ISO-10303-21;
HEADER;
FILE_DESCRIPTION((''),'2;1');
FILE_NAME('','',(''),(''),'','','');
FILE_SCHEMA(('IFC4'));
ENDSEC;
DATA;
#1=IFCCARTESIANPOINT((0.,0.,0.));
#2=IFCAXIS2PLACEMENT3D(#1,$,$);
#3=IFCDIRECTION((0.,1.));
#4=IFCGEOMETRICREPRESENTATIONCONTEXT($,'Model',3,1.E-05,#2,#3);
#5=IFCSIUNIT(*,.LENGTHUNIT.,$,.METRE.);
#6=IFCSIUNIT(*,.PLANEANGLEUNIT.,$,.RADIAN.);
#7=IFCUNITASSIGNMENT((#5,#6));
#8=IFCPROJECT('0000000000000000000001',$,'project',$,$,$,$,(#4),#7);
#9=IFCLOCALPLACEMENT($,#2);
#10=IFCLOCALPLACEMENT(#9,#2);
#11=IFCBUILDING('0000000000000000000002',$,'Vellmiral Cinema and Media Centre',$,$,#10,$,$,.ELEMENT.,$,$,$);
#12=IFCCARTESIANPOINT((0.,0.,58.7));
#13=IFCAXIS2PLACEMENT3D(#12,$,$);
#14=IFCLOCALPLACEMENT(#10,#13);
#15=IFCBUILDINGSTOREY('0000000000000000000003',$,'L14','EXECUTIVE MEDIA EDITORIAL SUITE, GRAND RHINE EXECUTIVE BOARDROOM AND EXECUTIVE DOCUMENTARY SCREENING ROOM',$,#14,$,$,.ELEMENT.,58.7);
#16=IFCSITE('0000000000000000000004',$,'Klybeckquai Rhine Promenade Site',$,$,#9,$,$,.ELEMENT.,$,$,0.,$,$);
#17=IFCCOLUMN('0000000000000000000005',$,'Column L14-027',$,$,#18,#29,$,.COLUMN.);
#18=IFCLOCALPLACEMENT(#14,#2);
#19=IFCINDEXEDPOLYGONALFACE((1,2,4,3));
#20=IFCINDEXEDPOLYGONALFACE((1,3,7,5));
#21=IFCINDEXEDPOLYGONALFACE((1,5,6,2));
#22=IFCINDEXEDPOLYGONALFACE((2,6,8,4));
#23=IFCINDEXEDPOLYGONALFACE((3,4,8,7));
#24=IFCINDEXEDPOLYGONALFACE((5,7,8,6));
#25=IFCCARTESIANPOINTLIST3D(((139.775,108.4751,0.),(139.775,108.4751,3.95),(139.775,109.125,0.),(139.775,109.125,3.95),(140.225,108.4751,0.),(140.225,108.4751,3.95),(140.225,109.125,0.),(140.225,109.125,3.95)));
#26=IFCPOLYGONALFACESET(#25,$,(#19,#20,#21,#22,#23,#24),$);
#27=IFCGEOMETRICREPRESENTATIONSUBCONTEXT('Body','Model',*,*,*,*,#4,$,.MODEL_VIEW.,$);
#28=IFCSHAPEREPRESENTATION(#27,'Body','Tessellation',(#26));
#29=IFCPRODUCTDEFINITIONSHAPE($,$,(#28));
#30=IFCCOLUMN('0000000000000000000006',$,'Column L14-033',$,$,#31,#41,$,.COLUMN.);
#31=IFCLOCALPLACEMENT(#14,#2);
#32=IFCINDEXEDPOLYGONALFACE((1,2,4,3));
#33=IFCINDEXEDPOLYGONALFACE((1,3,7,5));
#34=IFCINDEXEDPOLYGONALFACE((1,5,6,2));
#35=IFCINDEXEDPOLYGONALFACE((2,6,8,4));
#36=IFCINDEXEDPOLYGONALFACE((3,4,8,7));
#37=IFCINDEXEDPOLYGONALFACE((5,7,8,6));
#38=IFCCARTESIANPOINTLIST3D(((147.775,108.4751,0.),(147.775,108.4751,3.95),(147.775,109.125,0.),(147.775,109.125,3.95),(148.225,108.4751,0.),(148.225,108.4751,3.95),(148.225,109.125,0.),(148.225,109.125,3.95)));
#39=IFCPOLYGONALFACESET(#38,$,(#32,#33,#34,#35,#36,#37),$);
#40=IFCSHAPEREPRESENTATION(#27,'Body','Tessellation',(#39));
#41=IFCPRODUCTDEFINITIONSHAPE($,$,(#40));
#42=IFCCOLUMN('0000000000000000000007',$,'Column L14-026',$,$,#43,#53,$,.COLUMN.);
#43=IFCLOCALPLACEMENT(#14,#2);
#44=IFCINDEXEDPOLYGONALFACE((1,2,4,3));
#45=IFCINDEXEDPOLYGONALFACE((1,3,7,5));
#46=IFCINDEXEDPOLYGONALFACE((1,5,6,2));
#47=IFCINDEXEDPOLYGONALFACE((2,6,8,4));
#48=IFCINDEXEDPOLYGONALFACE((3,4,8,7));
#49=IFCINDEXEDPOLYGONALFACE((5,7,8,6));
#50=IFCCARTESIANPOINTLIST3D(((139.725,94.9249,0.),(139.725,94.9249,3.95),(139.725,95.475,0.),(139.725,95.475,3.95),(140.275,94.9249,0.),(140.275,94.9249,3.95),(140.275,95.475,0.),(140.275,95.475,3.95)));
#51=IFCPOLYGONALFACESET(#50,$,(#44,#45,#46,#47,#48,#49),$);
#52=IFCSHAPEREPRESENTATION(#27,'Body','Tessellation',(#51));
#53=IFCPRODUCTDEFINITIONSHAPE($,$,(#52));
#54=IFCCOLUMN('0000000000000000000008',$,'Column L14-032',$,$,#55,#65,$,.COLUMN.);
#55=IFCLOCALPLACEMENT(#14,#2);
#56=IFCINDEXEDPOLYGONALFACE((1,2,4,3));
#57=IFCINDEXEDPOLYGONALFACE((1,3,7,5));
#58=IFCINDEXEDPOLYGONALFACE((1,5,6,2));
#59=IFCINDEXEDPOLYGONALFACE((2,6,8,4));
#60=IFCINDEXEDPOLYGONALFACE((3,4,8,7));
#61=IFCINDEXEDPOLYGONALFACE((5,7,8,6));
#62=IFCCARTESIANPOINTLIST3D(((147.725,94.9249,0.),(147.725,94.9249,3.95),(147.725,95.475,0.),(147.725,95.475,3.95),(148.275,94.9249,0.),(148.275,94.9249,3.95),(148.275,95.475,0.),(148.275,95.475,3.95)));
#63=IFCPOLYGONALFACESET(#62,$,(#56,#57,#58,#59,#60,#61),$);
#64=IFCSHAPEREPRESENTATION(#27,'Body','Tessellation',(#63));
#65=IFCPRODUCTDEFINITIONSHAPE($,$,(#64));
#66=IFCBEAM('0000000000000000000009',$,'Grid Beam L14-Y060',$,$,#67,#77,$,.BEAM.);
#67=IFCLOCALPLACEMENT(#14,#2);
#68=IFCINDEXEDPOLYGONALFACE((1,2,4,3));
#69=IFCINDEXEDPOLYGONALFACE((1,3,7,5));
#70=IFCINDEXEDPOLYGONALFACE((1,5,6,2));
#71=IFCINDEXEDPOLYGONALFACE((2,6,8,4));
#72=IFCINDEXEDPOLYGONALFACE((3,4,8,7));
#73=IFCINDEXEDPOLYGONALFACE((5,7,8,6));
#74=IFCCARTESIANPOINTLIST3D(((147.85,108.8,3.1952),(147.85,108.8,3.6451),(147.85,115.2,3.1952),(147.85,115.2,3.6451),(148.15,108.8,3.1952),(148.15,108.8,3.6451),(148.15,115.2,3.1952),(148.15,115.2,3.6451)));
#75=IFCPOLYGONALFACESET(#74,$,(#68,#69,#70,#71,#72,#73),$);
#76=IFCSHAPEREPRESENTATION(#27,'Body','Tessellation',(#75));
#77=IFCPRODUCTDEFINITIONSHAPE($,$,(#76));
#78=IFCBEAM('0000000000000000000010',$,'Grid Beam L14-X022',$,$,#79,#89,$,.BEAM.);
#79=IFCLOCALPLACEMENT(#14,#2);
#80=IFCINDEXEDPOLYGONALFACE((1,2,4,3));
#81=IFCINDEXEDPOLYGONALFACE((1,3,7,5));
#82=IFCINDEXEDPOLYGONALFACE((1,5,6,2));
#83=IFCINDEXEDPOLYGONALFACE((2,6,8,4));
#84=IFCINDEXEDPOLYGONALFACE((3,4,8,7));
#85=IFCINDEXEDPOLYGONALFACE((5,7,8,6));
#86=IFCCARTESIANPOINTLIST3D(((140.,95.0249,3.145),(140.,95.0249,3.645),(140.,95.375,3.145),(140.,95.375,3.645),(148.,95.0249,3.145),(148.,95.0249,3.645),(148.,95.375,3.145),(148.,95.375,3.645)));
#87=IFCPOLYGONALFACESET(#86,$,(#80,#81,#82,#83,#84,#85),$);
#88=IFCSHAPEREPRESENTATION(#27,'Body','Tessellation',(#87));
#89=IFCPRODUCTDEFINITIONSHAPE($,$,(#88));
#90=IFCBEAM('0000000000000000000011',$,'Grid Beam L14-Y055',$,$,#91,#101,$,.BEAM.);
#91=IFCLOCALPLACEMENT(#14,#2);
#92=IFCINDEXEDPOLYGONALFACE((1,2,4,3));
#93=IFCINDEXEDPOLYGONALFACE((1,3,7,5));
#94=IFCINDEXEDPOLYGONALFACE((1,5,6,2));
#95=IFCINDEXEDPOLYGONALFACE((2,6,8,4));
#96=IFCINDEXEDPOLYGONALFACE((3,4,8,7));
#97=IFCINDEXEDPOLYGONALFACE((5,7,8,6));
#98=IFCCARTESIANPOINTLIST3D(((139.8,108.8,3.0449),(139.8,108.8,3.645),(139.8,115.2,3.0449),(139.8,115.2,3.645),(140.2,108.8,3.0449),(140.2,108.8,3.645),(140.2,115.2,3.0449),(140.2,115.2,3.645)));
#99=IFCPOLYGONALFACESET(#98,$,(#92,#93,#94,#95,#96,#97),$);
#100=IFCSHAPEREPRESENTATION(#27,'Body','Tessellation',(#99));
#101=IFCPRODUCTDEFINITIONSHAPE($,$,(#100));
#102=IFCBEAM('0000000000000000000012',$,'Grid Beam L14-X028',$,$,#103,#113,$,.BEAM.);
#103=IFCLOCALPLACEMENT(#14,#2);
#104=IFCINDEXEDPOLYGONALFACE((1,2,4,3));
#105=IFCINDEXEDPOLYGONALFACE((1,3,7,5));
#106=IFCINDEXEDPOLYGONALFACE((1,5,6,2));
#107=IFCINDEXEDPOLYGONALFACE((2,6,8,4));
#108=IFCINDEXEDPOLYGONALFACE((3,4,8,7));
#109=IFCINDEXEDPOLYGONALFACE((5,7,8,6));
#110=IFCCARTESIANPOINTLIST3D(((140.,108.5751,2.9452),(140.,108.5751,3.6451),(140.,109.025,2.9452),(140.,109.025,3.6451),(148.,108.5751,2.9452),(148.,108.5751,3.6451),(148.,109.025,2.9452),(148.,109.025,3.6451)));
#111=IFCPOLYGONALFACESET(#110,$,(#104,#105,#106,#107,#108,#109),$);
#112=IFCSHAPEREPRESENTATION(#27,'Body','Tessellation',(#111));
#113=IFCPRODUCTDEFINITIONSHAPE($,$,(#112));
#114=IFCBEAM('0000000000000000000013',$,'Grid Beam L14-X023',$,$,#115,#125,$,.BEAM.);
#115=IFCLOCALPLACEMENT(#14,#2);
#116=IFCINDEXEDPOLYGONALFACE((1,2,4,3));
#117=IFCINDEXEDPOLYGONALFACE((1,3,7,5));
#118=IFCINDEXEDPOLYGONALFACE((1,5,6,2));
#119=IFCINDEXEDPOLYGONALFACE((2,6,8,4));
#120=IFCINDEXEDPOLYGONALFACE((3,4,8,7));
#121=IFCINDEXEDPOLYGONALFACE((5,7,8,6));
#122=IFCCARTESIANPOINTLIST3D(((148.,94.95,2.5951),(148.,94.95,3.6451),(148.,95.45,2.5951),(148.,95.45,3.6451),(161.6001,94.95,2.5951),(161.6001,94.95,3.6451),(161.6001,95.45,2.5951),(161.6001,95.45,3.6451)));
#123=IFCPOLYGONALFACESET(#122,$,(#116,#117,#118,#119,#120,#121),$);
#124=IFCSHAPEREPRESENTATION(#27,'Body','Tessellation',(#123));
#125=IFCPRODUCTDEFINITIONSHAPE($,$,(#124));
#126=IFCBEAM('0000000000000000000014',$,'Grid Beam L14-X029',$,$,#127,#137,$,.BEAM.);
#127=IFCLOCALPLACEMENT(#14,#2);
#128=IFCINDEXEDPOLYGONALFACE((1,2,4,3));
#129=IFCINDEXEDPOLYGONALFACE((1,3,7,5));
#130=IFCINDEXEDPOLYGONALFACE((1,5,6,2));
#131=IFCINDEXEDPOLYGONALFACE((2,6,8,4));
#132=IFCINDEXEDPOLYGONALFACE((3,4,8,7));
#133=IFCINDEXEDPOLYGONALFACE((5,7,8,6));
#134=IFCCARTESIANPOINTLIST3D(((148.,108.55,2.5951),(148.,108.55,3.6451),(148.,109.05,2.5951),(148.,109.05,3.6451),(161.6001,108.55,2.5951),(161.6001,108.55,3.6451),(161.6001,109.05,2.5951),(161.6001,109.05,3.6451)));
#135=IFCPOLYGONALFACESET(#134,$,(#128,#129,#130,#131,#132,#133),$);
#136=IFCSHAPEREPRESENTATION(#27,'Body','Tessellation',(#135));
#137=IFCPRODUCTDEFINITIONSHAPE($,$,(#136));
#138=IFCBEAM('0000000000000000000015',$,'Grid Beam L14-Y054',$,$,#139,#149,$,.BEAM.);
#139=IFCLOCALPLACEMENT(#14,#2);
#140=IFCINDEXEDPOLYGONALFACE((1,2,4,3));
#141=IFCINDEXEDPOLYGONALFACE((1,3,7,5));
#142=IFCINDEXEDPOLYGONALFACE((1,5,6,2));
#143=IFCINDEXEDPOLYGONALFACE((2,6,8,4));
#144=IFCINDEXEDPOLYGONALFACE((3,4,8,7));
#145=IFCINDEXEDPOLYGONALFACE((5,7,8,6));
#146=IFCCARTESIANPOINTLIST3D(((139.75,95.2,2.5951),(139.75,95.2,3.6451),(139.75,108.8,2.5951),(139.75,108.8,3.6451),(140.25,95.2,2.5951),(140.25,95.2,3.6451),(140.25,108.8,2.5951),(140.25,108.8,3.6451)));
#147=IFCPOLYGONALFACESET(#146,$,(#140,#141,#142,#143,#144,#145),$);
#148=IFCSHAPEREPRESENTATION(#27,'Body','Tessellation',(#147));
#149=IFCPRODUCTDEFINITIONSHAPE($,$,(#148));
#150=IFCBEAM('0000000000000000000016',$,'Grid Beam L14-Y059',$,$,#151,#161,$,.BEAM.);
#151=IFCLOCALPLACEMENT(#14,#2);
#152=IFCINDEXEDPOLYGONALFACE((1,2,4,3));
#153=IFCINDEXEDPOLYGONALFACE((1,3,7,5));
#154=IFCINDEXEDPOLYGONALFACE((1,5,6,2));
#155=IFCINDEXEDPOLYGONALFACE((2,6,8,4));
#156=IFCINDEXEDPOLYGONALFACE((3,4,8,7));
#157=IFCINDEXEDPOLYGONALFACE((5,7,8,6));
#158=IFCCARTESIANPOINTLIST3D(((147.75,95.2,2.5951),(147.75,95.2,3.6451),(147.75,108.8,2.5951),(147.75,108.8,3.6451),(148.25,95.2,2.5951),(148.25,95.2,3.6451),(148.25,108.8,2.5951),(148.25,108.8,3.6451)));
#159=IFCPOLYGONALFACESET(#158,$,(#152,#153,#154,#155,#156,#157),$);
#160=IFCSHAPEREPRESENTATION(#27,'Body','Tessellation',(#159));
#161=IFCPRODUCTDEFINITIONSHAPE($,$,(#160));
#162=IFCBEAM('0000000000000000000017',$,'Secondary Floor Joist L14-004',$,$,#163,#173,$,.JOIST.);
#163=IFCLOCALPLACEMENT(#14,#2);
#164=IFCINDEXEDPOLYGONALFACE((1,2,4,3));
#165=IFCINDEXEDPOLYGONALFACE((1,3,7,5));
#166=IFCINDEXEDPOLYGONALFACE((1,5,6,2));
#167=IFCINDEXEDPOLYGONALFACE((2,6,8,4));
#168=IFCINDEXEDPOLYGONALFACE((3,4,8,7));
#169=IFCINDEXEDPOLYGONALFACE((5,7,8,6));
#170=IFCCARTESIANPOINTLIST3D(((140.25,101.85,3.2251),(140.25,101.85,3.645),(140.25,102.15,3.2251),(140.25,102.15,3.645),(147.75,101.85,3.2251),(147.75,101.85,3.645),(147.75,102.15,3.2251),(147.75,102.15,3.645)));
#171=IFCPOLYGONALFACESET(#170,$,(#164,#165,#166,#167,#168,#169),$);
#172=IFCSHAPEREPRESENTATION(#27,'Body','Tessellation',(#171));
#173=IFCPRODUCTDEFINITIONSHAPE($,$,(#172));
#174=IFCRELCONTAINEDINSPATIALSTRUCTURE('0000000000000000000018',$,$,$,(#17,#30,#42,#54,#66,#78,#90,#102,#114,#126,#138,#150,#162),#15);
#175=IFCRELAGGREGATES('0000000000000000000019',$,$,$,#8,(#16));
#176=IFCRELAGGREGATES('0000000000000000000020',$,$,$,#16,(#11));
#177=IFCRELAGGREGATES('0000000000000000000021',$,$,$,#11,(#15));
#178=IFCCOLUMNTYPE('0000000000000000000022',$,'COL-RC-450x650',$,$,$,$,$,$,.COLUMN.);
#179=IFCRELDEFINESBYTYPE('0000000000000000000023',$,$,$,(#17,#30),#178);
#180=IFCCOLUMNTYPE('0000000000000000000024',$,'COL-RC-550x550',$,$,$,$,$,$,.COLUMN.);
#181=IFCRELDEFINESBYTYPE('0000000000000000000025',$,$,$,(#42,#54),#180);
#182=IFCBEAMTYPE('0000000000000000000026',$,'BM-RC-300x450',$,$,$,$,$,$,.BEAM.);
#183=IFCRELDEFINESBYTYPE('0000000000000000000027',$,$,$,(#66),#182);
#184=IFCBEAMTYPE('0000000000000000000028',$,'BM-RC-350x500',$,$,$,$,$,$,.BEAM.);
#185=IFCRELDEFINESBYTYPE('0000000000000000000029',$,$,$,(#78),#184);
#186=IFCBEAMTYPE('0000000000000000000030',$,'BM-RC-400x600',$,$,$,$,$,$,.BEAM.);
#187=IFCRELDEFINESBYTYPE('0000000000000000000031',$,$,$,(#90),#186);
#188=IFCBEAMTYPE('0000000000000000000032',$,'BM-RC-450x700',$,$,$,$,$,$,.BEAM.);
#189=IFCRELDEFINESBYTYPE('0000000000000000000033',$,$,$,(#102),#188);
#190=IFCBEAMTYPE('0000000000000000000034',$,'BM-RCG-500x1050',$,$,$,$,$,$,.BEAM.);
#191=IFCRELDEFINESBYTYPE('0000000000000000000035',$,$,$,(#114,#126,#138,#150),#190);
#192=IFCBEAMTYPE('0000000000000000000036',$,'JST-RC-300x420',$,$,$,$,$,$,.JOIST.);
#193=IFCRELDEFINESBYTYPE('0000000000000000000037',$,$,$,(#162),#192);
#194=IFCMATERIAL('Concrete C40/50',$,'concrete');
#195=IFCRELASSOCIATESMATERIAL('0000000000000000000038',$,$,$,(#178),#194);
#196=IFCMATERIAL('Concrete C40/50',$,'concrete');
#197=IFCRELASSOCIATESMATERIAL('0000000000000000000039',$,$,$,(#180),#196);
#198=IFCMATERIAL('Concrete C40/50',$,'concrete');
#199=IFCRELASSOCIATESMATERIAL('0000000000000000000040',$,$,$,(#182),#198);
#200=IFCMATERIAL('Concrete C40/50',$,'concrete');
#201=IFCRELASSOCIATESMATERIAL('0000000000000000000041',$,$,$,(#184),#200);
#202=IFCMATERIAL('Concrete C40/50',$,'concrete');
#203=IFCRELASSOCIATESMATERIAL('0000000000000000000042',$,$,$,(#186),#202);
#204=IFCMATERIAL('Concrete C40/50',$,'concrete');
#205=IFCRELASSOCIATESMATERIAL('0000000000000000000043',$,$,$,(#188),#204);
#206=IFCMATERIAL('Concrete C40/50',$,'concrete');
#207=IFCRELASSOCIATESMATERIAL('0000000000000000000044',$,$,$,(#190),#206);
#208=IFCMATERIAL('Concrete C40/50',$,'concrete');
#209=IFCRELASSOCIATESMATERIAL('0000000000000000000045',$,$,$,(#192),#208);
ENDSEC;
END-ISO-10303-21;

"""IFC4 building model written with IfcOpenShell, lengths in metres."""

from ifc_helpers import new_model, si_unit, direction, frame, origin, origin_2d, place, context, subcontext, project, spatial, rectangle, extrude, material, material_profile, profile_set, type_object, element, save


model = new_model("IFC4")

# Units and contexts
model_context = context("Model", 3, precision=1e-05, world=origin(), true_north=direction((0.0, 1.0)))
body_context = subcontext(model_context, "Body", "Model", "MODEL_VIEW")
ifc_project = project(units=[si_unit("LENGTHUNIT", "METRE"), si_unit("PLANEANGLEUNIT", "RADIAN")], contexts=[model_context])

# Site, building, storey
site_placement = place(None, origin())
site = spatial("IfcSite", under=ifc_project, at=site_placement, Name="Klybeckquai Rhine Promenade Site", CompositionType="ELEMENT", RefElevation=0.0)
building_placement = place(site_placement, origin())
building = spatial("IfcBuilding", under=site, at=building_placement, Name="Vellmiral Cinema and Media Centre", CompositionType="ELEMENT")
storey_placement = place(building_placement, frame((0.0, 0.0, 58.7)))
storey = spatial("IfcBuildingStorey", under=building, at=storey_placement, Name="L14", Description="EXECUTIVE MEDIA EDITORIAL SUITE, GRAND RHINE EXECUTIVE BOARDROOM AND EXECUTIVE DOCUMENTARY SCREENING ROOM", CompositionType="ELEMENT", Elevation=58.7)

# Columns
ifc_material_1 = material(Name="Concrete C40/50", Category="concrete")
ifc_material_profile_1 = material_profile(ifc_material_1, rectangle(XDim=0.45, YDim=0.6499, at=origin_2d()), Name="RC 450x650")
ifc_profile_set_1 = profile_set([ifc_material_profile_1], Name="Concrete C40/50")
column_type_1 = type_object("IfcColumnType", Name="COL-RC-450x650", PredefinedType="COLUMN", material=ifc_profile_set_1)
for number, where, z_axis, x_axis, name in (
    (1, (140.0, 108.8, 0.0), (0.0, 0.0, 1.0), (1.0, 0.0, 0.0), "Column L14-027"),
    (2, (148.0, 108.8, 0.0), (0.0, 0.0, 1.0), (1.0, 0.0, 0.0), "Column L14-033"),
):
    element("IfcColumn", number, at=place(storey_placement, frame(where, z_axis=z_axis, x_axis=x_axis)), inside=storey, type_object=column_type_1, Name=name, PredefinedType="COLUMN", context=body_context, shape_type="SweptSolid", body=[
        extrude(rectangle(XDim=0.45, YDim=0.6499, at=origin_2d()), origin(), (0.0, 0.0, 1.0), 3.95),
    ])
ifc_material_2 = material(Name="Concrete C40/50", Category="concrete")
ifc_material_profile_2 = material_profile(ifc_material_2, rectangle(XDim=0.55, YDim=0.55, at=origin_2d()), Name="RC 550x550")
ifc_profile_set_2 = profile_set([ifc_material_profile_2], Name="Concrete C40/50")
column_type_2 = type_object("IfcColumnType", Name="COL-RC-550x550", PredefinedType="COLUMN", material=ifc_profile_set_2)
for number, where, z_axis, x_axis, name in (
    (3, (140.0, 95.2, 0.0), (0.0, 0.0, 1.0), (1.0, 0.0, 0.0), "Column L14-026"),
    (4, (148.0, 95.2, 0.0), (0.0, 0.0, 1.0), (1.0, 0.0, 0.0), "Column L14-032"),
):
    element("IfcColumn", number, at=place(storey_placement, frame(where, z_axis=z_axis, x_axis=x_axis)), inside=storey, type_object=column_type_2, Name=name, PredefinedType="COLUMN", context=body_context, shape_type="SweptSolid", body=[
        extrude(rectangle(XDim=0.55, YDim=0.55, at=origin_2d()), origin(), (0.0, 0.0, 1.0), 3.95),
    ])

# Beams
ifc_material_3 = material(Name="Concrete C40/50", Category="concrete")
ifc_material_profile_3 = material_profile(ifc_material_3, rectangle(XDim=0.3, YDim=0.45, at=origin_2d()), Name="RC 300x450")
ifc_profile_set_3 = profile_set([ifc_material_profile_3], Name="Concrete C40/50")
beam_type_1 = type_object("IfcBeamType", Name="BM-RC-300x450", PredefinedType="BEAM", material=ifc_profile_set_3)
beam_1_placement = place(storey_placement, frame((148.0, 108.8, 3.4202), z_axis=(0.0, 1.0, 0.0), x_axis=(-1.0, 0.0, 0.0)))
element("IfcBeam", 5, at=beam_1_placement, inside=storey, type_object=beam_type_1, Name="Grid Beam L14-Y060", PredefinedType="BEAM", context=body_context, shape_type="SweptSolid", body=[
    extrude(rectangle(XDim=0.3, YDim=0.45, at=origin_2d()), origin(), (0.0, 0.0, 1.0), 6.3999),
])
ifc_material_4 = material(Name="Concrete C40/50", Category="concrete")
ifc_material_profile_4 = material_profile(ifc_material_4, rectangle(XDim=0.3501, YDim=0.5, at=origin_2d()), Name="RC 350x500")
ifc_profile_set_4 = profile_set([ifc_material_profile_4], Name="Concrete C40/50")
beam_type_2 = type_object("IfcBeamType", Name="BM-RC-350x500", PredefinedType="BEAM", material=ifc_profile_set_4)
beam_2_placement = place(storey_placement, frame((140.0, 95.2, 3.395), z_axis=(1.0, 0.0, 0.0), x_axis=(0.0, 1.0, 0.0)))
element("IfcBeam", 6, at=beam_2_placement, inside=storey, type_object=beam_type_2, Name="Grid Beam L14-X022", PredefinedType="BEAM", context=body_context, shape_type="SweptSolid", body=[
    extrude(rectangle(XDim=0.3501, YDim=0.5, at=origin_2d()), origin(), (0.0, 0.0, 1.0), 8.0),
])
ifc_material_5 = material(Name="Concrete C40/50", Category="concrete")
ifc_material_profile_5 = material_profile(ifc_material_5, rectangle(XDim=0.3999, YDim=0.6001, at=origin_2d()), Name="RC 400x600")
ifc_profile_set_5 = profile_set([ifc_material_profile_5], Name="Concrete C40/50")
beam_type_3 = type_object("IfcBeamType", Name="BM-RC-400x600", PredefinedType="BEAM", material=ifc_profile_set_5)
beam_3_placement = place(storey_placement, frame((140.0, 108.8, 3.345), z_axis=(0.0, 1.0, 0.0), x_axis=(-1.0, 0.0, 0.0)))
element("IfcBeam", 7, at=beam_3_placement, inside=storey, type_object=beam_type_3, Name="Grid Beam L14-Y055", PredefinedType="BEAM", context=body_context, shape_type="SweptSolid", body=[
    extrude(rectangle(XDim=0.3999, YDim=0.6001, at=origin_2d()), origin(), (0.0, 0.0, 1.0), 6.3999),
])
ifc_material_6 = material(Name="Concrete C40/50", Category="concrete")
ifc_material_profile_6 = material_profile(ifc_material_6, rectangle(XDim=0.45, YDim=0.7, at=origin_2d()), Name="RC 450x700")
ifc_profile_set_6 = profile_set([ifc_material_profile_6], Name="Concrete C40/50")
beam_type_4 = type_object("IfcBeamType", Name="BM-RC-450x700", PredefinedType="BEAM", material=ifc_profile_set_6)
beam_4_placement = place(storey_placement, frame((140.0, 108.8, 3.2952), z_axis=(1.0, 0.0, 0.0), x_axis=(0.0, 1.0, 0.0)))
element("IfcBeam", 8, at=beam_4_placement, inside=storey, type_object=beam_type_4, Name="Grid Beam L14-X028", PredefinedType="BEAM", context=body_context, shape_type="SweptSolid", body=[
    extrude(rectangle(XDim=0.45, YDim=0.7, at=origin_2d()), origin(), (0.0, 0.0, 1.0), 8.0),
])
ifc_material_7 = material(Name="Concrete C40/50", Category="concrete")
ifc_material_profile_7 = material_profile(ifc_material_7, rectangle(XDim=0.5, YDim=1.05, at=origin_2d()), Name="RC 500x1050")
ifc_profile_set_7 = profile_set([ifc_material_profile_7], Name="Concrete C40/50")
beam_type_5 = type_object("IfcBeamType", Name="BM-RCG-500x1050", PredefinedType="BEAM", material=ifc_profile_set_7)
for number, where, z_axis, x_axis, name in (
    (9, (148.0, 95.2, 3.1201), (1.0, 0.0, 0.0), (0.0, 1.0, 0.0), "Grid Beam L14-X023"),
    (10, (148.0, 108.8, 3.1201), (1.0, 0.0, 0.0), (0.0, 1.0, 0.0), "Grid Beam L14-X029"),
    (11, (140.0, 95.2, 3.1201), (0.0, 1.0, 0.0), (-1.0, 0.0, 0.0), "Grid Beam L14-Y054"),
    (12, (148.0, 95.2, 3.1201), (0.0, 1.0, 0.0), (-1.0, 0.0, 0.0), "Grid Beam L14-Y059"),
):
    element("IfcBeam", number, at=place(storey_placement, frame(where, z_axis=z_axis, x_axis=x_axis)), inside=storey, type_object=beam_type_5, Name=name, PredefinedType="BEAM", context=body_context, shape_type="SweptSolid", body=[
        extrude(rectangle(XDim=0.5, YDim=1.05, at=origin_2d()), origin(), (0.0, 0.0, 1.0), 13.6001),
    ])
ifc_material_8 = material(Name="Concrete C40/50", Category="concrete")
ifc_material_profile_8 = material_profile(ifc_material_8, rectangle(XDim=0.3, YDim=0.4199, at=origin_2d()), Name="RC 300x420")
ifc_profile_set_8 = profile_set([ifc_material_profile_8], Name="Concrete C40/50")
beam_type_6 = type_object("IfcBeamType", Name="JST-RC-300x420", PredefinedType="JOIST", material=ifc_profile_set_8)
beam_5_placement = place(storey_placement, frame((140.25, 102.0, 3.4351), z_axis=(1.0, 0.0, 0.0), x_axis=(0.0, 1.0, 0.0)))
element("IfcBeam", 13, at=beam_5_placement, inside=storey, type_object=beam_type_6, Name="Secondary Floor Joist L14-004", PredefinedType="JOIST", context=body_context, shape_type="SweptSolid", body=[
    extrude(rectangle(XDim=0.3, YDim=0.4199, at=origin_2d()), origin(), (0.0, 0.0, 1.0), 7.5),
])

save(model, "model.ifc")
